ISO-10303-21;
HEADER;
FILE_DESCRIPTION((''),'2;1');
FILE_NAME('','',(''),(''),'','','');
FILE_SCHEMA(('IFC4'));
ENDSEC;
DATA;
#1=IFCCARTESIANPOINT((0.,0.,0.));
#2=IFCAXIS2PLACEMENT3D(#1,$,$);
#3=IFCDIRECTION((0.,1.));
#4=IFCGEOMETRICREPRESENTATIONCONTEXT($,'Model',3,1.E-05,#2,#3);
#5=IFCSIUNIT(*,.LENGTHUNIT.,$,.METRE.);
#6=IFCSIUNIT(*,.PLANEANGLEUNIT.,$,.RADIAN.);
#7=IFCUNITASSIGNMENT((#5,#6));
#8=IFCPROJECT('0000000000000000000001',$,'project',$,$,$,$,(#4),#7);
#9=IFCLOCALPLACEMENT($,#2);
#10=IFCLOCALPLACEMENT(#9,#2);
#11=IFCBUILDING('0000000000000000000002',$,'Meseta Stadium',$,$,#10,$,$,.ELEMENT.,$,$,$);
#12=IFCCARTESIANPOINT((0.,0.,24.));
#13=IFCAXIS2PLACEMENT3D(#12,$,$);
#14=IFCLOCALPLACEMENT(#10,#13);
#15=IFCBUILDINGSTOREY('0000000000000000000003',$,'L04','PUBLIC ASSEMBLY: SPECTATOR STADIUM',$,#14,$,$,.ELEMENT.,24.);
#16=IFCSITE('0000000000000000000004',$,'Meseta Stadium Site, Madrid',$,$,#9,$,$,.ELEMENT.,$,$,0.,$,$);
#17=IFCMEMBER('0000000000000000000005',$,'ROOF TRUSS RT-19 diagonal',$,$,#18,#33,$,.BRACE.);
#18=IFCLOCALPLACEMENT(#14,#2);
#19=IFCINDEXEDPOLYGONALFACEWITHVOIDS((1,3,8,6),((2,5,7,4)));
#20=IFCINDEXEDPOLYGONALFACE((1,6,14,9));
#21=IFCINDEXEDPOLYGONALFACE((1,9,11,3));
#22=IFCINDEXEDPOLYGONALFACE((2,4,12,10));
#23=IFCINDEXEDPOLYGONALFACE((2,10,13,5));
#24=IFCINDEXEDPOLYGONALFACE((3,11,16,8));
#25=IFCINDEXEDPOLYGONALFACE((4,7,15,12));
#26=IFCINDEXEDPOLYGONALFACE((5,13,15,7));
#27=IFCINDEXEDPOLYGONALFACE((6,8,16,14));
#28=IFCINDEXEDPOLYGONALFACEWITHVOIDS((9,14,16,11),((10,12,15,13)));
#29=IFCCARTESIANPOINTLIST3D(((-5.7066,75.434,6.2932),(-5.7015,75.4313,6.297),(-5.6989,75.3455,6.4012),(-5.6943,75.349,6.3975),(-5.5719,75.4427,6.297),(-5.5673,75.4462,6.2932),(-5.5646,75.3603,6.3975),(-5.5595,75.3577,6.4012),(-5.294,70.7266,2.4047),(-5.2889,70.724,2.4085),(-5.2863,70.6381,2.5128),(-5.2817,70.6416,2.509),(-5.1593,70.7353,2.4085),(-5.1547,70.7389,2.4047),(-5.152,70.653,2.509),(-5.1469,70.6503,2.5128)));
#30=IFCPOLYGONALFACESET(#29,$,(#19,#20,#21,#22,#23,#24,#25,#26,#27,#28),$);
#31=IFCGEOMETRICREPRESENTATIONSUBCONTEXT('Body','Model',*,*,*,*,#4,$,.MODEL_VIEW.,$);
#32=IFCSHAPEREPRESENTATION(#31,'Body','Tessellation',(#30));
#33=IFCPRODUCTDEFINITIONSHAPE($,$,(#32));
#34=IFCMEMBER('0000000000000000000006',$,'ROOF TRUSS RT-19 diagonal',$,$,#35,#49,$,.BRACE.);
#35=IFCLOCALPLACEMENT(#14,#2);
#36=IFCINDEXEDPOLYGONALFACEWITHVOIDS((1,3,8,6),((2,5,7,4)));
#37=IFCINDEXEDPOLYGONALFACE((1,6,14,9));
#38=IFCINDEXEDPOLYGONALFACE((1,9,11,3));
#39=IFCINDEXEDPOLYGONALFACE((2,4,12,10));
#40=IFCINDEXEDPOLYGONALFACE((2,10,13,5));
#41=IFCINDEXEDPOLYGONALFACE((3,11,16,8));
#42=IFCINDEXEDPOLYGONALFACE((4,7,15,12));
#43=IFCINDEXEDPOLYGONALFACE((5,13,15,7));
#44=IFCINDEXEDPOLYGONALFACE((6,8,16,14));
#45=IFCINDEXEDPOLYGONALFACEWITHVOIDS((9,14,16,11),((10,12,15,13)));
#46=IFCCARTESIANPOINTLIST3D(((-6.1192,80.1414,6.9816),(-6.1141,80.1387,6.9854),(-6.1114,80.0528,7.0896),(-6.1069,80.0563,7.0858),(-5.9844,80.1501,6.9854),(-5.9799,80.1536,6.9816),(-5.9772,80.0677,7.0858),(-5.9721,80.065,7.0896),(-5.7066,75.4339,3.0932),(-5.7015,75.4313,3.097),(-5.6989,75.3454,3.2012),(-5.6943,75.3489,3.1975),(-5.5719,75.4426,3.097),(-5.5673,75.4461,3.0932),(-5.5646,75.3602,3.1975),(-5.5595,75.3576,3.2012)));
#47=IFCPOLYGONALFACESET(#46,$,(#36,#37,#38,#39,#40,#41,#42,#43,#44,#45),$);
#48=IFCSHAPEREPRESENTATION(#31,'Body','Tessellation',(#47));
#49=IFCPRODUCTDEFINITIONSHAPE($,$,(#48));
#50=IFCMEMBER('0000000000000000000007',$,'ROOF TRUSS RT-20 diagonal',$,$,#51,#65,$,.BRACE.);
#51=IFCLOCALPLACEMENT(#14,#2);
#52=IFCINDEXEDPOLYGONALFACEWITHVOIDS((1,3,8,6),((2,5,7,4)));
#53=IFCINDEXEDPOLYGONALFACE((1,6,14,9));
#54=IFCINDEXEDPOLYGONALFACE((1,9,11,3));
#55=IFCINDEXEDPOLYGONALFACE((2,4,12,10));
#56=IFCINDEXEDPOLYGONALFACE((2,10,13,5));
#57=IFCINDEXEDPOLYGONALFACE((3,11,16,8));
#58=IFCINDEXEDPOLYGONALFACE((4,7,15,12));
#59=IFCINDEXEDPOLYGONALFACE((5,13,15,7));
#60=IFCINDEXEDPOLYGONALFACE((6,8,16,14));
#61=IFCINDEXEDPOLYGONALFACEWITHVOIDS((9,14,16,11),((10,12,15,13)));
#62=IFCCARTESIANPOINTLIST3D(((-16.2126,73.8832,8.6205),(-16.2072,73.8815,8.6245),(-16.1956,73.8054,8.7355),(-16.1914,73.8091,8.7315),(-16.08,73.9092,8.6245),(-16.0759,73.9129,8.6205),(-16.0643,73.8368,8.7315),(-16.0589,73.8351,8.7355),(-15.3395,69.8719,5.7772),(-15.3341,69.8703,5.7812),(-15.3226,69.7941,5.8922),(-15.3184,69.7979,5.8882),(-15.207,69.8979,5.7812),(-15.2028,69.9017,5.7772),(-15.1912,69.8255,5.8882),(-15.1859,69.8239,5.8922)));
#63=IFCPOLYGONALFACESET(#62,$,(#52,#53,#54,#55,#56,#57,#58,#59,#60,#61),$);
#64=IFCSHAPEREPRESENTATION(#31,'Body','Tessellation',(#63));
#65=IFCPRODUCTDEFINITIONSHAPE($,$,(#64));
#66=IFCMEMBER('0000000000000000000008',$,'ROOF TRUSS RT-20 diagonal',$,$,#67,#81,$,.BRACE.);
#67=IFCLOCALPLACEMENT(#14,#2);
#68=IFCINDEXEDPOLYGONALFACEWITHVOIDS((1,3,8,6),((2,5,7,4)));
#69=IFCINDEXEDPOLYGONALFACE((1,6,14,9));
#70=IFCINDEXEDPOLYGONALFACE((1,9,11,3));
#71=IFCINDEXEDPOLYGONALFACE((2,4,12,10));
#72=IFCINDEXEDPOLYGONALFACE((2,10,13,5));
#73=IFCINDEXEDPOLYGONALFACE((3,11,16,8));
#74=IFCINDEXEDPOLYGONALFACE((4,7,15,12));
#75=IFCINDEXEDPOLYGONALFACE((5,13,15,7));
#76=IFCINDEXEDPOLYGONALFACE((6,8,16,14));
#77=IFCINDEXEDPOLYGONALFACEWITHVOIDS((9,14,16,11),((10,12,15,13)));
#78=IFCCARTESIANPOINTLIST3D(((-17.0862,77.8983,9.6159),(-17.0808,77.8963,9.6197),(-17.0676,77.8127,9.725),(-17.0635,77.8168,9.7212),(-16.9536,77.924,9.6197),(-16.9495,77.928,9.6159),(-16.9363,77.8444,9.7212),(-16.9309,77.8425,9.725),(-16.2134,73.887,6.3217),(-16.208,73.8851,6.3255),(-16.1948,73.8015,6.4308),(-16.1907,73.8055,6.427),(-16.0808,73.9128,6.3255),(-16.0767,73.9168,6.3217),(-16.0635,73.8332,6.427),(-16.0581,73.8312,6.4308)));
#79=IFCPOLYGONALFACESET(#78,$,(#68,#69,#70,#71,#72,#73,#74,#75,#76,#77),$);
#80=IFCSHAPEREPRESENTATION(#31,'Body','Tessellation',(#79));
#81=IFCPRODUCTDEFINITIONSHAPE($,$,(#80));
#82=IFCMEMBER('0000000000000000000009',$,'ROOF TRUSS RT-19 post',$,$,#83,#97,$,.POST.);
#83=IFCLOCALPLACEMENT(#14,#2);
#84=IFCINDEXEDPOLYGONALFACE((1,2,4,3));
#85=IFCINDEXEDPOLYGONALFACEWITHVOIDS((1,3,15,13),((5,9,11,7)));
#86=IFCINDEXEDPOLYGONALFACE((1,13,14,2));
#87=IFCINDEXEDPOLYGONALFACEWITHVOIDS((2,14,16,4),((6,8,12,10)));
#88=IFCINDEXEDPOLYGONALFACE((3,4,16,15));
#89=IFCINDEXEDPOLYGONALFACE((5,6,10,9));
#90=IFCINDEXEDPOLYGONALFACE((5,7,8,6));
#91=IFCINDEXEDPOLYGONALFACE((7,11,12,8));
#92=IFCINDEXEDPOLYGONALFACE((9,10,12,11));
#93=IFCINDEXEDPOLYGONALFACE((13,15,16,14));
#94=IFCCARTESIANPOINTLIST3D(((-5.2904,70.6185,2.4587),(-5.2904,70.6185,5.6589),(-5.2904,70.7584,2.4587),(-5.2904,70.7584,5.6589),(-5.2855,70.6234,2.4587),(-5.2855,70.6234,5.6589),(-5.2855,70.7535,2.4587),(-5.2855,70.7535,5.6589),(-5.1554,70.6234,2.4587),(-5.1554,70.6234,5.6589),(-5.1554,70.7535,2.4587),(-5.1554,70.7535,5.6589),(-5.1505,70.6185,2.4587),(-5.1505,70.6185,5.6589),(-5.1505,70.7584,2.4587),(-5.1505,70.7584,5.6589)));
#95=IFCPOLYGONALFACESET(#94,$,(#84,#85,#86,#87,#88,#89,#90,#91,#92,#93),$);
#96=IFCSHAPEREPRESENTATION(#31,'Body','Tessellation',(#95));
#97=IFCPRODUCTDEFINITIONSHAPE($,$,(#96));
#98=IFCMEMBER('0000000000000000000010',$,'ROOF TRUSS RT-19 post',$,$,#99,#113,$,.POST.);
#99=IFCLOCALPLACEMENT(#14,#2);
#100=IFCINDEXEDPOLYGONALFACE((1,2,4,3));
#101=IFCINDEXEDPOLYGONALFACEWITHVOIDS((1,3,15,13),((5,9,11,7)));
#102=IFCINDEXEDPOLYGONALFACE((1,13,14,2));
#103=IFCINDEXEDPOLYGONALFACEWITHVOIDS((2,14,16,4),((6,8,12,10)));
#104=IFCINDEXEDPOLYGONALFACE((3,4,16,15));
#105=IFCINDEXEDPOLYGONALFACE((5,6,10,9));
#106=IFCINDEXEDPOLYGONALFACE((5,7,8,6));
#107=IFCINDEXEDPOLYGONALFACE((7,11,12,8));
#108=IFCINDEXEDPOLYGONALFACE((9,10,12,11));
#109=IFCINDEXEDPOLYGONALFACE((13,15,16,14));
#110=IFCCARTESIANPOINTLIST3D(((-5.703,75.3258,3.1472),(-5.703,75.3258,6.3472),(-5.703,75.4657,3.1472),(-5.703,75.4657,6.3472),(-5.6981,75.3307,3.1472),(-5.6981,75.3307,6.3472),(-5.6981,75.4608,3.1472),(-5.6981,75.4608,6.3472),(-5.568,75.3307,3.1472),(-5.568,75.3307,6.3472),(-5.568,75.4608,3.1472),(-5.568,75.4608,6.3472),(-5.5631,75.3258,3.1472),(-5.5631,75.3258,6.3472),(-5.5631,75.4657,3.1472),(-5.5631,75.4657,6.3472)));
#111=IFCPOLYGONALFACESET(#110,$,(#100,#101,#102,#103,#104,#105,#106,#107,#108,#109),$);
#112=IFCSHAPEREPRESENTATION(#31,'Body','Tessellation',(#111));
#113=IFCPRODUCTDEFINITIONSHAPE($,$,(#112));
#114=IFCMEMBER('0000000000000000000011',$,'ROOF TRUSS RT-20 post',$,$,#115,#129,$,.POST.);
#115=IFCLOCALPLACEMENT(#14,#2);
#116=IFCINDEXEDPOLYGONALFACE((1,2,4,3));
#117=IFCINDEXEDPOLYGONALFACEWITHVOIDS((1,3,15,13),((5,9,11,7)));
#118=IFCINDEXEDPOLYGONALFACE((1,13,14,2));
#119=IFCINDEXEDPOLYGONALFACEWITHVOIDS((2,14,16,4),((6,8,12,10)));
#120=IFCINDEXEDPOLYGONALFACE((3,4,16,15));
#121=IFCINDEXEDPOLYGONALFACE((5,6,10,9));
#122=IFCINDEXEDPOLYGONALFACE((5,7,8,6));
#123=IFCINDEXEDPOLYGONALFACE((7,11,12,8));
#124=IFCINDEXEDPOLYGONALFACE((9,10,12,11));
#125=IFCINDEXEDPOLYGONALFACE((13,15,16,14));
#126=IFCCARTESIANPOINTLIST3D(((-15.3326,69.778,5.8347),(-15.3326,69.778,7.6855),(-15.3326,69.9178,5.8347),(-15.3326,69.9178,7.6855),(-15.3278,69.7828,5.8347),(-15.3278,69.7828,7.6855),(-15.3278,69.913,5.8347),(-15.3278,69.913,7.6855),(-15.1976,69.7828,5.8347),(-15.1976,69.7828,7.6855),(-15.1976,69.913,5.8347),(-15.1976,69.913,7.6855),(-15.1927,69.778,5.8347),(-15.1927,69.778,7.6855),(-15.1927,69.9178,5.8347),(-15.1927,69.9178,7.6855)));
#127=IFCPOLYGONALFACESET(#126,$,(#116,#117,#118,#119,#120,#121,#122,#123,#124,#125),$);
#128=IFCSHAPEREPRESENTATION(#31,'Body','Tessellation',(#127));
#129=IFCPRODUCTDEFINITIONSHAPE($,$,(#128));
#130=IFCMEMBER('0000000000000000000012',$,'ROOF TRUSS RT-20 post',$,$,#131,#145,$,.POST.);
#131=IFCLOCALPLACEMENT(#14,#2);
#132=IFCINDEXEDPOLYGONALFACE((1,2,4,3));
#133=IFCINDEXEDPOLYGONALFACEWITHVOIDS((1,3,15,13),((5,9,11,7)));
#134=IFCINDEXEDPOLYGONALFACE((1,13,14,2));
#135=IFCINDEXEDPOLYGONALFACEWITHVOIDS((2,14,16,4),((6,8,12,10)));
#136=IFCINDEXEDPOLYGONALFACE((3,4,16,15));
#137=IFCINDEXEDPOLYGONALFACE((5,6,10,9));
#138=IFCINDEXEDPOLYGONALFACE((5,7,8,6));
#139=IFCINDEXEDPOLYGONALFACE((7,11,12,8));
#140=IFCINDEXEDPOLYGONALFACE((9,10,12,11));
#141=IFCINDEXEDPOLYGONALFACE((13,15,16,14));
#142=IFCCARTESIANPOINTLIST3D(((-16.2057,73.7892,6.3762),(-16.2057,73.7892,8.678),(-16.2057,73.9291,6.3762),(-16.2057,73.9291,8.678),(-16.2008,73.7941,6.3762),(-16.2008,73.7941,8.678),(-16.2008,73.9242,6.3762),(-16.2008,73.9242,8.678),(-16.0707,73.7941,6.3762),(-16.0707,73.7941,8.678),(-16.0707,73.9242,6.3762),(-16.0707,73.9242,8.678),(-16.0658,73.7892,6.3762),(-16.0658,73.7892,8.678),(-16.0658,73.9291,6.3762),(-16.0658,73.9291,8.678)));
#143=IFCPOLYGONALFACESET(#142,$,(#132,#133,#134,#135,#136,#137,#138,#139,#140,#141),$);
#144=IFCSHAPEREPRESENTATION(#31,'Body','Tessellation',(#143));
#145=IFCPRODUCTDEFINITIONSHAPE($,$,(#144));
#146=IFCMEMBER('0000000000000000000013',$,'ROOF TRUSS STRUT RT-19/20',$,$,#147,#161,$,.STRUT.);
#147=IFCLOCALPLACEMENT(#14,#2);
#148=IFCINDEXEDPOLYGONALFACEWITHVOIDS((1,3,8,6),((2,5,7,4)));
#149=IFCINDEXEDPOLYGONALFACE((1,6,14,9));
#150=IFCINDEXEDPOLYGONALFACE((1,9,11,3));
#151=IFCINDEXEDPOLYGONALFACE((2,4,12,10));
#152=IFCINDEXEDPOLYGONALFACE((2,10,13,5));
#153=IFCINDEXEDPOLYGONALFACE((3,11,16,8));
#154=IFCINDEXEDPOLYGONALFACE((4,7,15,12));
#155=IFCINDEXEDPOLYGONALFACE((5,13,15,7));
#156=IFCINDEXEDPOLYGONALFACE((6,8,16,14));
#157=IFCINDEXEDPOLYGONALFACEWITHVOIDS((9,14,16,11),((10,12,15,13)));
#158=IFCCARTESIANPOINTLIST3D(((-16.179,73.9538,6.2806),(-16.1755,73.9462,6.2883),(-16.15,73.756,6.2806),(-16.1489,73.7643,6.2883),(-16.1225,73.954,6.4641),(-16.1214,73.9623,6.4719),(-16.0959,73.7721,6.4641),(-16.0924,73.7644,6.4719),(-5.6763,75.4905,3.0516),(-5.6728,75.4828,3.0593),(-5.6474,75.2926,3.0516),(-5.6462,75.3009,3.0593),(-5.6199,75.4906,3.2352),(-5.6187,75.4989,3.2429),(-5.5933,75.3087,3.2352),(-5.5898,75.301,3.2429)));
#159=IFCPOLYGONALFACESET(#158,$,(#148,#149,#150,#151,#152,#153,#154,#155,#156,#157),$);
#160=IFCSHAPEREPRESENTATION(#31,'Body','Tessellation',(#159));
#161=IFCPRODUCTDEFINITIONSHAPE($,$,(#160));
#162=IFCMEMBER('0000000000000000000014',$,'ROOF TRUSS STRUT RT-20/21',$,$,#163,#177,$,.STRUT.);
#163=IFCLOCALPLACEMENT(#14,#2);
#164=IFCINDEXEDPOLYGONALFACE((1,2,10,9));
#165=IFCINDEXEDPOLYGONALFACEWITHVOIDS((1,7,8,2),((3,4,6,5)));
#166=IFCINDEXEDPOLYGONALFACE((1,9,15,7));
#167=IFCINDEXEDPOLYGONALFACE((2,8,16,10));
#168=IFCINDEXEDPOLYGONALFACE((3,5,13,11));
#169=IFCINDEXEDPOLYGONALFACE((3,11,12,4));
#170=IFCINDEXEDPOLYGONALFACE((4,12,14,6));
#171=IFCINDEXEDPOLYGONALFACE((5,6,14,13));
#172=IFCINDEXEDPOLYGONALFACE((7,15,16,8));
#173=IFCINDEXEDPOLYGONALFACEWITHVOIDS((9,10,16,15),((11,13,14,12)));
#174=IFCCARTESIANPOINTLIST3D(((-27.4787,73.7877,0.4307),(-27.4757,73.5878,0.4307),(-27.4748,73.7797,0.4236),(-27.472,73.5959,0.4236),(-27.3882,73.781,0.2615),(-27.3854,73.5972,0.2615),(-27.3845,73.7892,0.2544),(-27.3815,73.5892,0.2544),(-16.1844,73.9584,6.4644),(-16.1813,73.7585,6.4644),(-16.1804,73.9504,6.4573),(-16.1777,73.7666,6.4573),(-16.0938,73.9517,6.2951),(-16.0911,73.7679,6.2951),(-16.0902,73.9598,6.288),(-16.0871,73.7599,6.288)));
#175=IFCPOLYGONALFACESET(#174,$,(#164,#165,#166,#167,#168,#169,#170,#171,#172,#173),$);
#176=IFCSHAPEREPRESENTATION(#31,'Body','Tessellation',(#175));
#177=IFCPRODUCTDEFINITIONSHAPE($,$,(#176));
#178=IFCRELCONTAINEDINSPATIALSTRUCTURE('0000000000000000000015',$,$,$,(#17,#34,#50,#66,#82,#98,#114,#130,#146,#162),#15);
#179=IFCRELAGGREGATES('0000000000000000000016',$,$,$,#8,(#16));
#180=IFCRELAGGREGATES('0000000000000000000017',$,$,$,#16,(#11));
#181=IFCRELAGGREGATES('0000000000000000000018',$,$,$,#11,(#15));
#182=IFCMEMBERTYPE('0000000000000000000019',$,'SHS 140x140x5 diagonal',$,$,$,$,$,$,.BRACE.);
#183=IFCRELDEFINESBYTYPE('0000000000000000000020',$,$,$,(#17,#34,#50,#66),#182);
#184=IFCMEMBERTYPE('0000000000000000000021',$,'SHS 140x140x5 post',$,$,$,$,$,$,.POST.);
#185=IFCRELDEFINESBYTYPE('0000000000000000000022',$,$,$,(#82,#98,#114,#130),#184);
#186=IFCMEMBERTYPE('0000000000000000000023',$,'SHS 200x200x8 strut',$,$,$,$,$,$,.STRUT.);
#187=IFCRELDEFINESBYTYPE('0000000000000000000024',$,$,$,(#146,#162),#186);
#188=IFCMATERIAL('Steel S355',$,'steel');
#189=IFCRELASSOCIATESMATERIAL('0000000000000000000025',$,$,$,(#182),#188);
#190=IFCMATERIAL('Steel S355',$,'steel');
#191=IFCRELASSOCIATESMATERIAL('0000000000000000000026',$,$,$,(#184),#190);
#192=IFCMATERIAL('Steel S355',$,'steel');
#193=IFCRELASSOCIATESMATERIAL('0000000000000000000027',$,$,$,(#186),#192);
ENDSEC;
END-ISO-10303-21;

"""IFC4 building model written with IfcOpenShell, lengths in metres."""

from ifc_helpers import new_model, si_unit, direction, frame, origin, origin_2d, place, context, subcontext, project, spatial, hollow_rectangle, extrude, material, material_profile, profile_set, type_object, element, save


model = new_model("IFC4")

# Units and contexts
model_context = context("Model", 3, precision=1e-05, world=origin(), true_north=direction((0.0, 1.0)))
body_context = subcontext(model_context, "Body", "Model", "MODEL_VIEW")
ifc_project = project(units=[si_unit("LENGTHUNIT", "METRE"), si_unit("PLANEANGLEUNIT", "RADIAN")], contexts=[model_context])

# Site, building, storey
site_placement = place(None, origin())
site = spatial("IfcSite", under=ifc_project, at=site_placement, Name="Meseta Stadium Site, Madrid", CompositionType="ELEMENT", RefElevation=0.0)
building_placement = place(site_placement, origin())
building = spatial("IfcBuilding", under=site, at=building_placement, Name="Meseta Stadium", CompositionType="ELEMENT")
storey_placement = place(building_placement, frame((0.0, 0.0, 24.0)))
storey = spatial("IfcBuildingStorey", under=building, at=storey_placement, Name="L04", Description="PUBLIC ASSEMBLY: SPECTATOR STADIUM", CompositionType="ELEMENT", Elevation=24.0)

# Members
ifc_material_1 = material(Name="Steel S355", Category="steel")
ifc_material_profile_1 = material_profile(ifc_material_1, hollow_rectangle(XDim=0.1399, YDim=0.1399, WallThickness=0.0049, at=origin_2d()), Name="SHS 140x140x5")
ifc_profile_set_1 = profile_set([ifc_material_profile_1], Name="Steel S355")
member_type_1 = type_object("IfcMemberType", Name="SHS 140x140x5 diagonal", PredefinedType="BRACE", material=ifc_profile_set_1)
for number, where, z_axis, x_axis, name in (
    (1, (-5.2205, 70.6885, 2.4587), (-0.067423, 0.769223, 0.635414), (-0.996181, -0.087316, 0.0), "ROOF TRUSS RT-19 diagonal"),
    (2, (-5.6331, 75.3958, 3.1472), (-0.067421, 0.769239, 0.635394), (-0.996181, -0.087312, 0.0), "ROOF TRUSS RT-19 diagonal"),
):
    element("IfcMember", number, at=place(storey_placement, frame(where, z_axis=z_axis, x_axis=x_axis)), inside=storey, type_object=member_type_1, Name=name, PredefinedType="BRACE", context=body_context, shape_type="SweptSolid", body=[
        extrude(hollow_rectangle(XDim=0.1399, YDim=0.1399, WallThickness=0.0049, at=origin_2d()), origin(), (0.0, 0.0, 1.0), 6.1196),
    ])
member_1_placement = place(storey_placement, frame((-15.2627, 69.8479, 5.8347), z_axis=(-0.174832, 0.80327, 0.569378), x_axis=(-0.977124, -0.212672, 0.0)))
element("IfcMember", 3, at=member_1_placement, inside=storey, type_object=member_type_1, Name="ROOF TRUSS RT-20 diagonal", PredefinedType="BRACE", context=body_context, shape_type="SweptSolid", body=[
    extrude(hollow_rectangle(XDim=0.1399, YDim=0.1399, WallThickness=0.0049, at=origin_2d()), origin(), (0.0, 0.0, 1.0), 4.9937),
])
member_2_placement = place(storey_placement, frame((-16.1357, 73.8591, 6.3762), z_axis=(-0.165825, 0.762098, 0.625867), x_axis=(-0.977136, -0.212615, 0.0)))
element("IfcMember", 4, at=member_2_placement, inside=storey, type_object=member_type_1, Name="ROOF TRUSS RT-20 diagonal", PredefinedType="BRACE", context=body_context, shape_type="SweptSolid", body=[
    extrude(hollow_rectangle(XDim=0.1399, YDim=0.1399, WallThickness=0.0049, at=origin_2d()), origin(), (0.0, 0.0, 1.0), 5.2634),
])
ifc_material_2 = material(Name="Steel S355", Category="steel")
ifc_material_profile_2 = material_profile(ifc_material_2, hollow_rectangle(XDim=0.1399, YDim=0.1399, WallThickness=0.0049, at=origin_2d()), Name="SHS 140x140x5")
ifc_profile_set_2 = profile_set([ifc_material_profile_2], Name="Steel S355")
member_type_2 = type_object("IfcMemberType", Name="SHS 140x140x5 post", PredefinedType="POST", material=ifc_profile_set_2)
member_3_placement = place(storey_placement, frame((-5.2205, 70.6885, 2.4587), z_axis=(0.0, 0.0, 1.0), x_axis=(1.0, 0.0, 0.0)))
element("IfcMember", 5, at=member_3_placement, inside=storey, type_object=member_type_2, Name="ROOF TRUSS RT-19 post", PredefinedType="POST", context=body_context, shape_type="SweptSolid", body=[
    extrude(hollow_rectangle(XDim=0.1399, YDim=0.1399, WallThickness=0.0049, at=origin_2d()), origin(), (0.0, 0.0, 1.0), 3.2002),
])
member_4_placement = place(storey_placement, frame((-5.6331, 75.3958, 3.1472), z_axis=(0.0, 0.0, 1.0), x_axis=(1.0, 0.0, 0.0)))
element("IfcMember", 6, at=member_4_placement, inside=storey, type_object=member_type_2, Name="ROOF TRUSS RT-19 post", PredefinedType="POST", context=body_context, shape_type="SweptSolid", body=[
    extrude(hollow_rectangle(XDim=0.1399, YDim=0.1399, WallThickness=0.0049, at=origin_2d()), origin(), (0.0, 0.0, 1.0), 3.2),
])
member_5_placement = place(storey_placement, frame((-15.2627, 69.8479, 5.8347), z_axis=(0.0, 0.0, 1.0), x_axis=(1.0, 0.0, 0.0)))
element("IfcMember", 7, at=member_5_placement, inside=storey, type_object=member_type_2, Name="ROOF TRUSS RT-20 post", PredefinedType="POST", context=body_context, shape_type="SweptSolid", body=[
    extrude(hollow_rectangle(XDim=0.1399, YDim=0.1399, WallThickness=0.0049, at=origin_2d()), origin(), (0.0, 0.0, 1.0), 1.8508),
])
member_6_placement = place(storey_placement, frame((-16.1357, 73.8591, 6.3762), z_axis=(0.0, 0.0, 1.0), x_axis=(1.0, 0.0, 0.0)))
element("IfcMember", 8, at=member_6_placement, inside=storey, type_object=member_type_2, Name="ROOF TRUSS RT-20 post", PredefinedType="POST", context=body_context, shape_type="SweptSolid", body=[
    extrude(hollow_rectangle(XDim=0.1399, YDim=0.1399, WallThickness=0.0049, at=origin_2d()), origin(), (0.0, 0.0, 1.0), 2.3018),
])
ifc_material_3 = material(Name="Steel S355", Category="steel")
ifc_material_profile_3 = material_profile(ifc_material_3, hollow_rectangle(XDim=0.2, YDim=0.2, WallThickness=0.0081, at=origin_2d()), Name="SHS 200x200x8")
ifc_profile_set_3 = profile_set([ifc_material_profile_3], Name="Steel S355")
member_type_3 = type_object("IfcMemberType", Name="SHS 200x200x8 strut", PredefinedType="STRUT", material=ifc_profile_set_3)
member_7_placement = place(storey_placement, frame((-5.6331, 75.3958, 3.1472), z_axis=(-0.946633, -0.1385, 0.291038), x_axis=(0.144766, -0.989466, 0.0)))
element("IfcMember", 9, at=member_7_placement, inside=storey, type_object=member_type_3, Name="ROOF TRUSS STRUT RT-19/20", PredefinedType="STRUT", context=body_context, shape_type="SweptSolid", body=[
    extrude(hollow_rectangle(XDim=0.2, YDim=0.2, WallThickness=0.0081, at=origin_2d()), origin(), (0.0, 0.0, 1.0), 11.0947),
])
member_8_placement = place(storey_placement, frame((-16.1357, 73.8591, 6.3762), z_axis=(-0.88195, -0.013326, -0.471154), x_axis=(0.015108, -0.999886, 0.0)))
element("IfcMember", 10, at=member_8_placement, inside=storey, type_object=member_type_3, Name="ROOF TRUSS STRUT RT-20/21", PredefinedType="STRUT", context=body_context, shape_type="SweptSolid", body=[
    extrude(hollow_rectangle(XDim=0.2, YDim=0.2, WallThickness=0.0081, at=origin_2d()), origin(), (0.0, 0.0, 1.0), 12.8062),
])

save(model, "model.ifc")
